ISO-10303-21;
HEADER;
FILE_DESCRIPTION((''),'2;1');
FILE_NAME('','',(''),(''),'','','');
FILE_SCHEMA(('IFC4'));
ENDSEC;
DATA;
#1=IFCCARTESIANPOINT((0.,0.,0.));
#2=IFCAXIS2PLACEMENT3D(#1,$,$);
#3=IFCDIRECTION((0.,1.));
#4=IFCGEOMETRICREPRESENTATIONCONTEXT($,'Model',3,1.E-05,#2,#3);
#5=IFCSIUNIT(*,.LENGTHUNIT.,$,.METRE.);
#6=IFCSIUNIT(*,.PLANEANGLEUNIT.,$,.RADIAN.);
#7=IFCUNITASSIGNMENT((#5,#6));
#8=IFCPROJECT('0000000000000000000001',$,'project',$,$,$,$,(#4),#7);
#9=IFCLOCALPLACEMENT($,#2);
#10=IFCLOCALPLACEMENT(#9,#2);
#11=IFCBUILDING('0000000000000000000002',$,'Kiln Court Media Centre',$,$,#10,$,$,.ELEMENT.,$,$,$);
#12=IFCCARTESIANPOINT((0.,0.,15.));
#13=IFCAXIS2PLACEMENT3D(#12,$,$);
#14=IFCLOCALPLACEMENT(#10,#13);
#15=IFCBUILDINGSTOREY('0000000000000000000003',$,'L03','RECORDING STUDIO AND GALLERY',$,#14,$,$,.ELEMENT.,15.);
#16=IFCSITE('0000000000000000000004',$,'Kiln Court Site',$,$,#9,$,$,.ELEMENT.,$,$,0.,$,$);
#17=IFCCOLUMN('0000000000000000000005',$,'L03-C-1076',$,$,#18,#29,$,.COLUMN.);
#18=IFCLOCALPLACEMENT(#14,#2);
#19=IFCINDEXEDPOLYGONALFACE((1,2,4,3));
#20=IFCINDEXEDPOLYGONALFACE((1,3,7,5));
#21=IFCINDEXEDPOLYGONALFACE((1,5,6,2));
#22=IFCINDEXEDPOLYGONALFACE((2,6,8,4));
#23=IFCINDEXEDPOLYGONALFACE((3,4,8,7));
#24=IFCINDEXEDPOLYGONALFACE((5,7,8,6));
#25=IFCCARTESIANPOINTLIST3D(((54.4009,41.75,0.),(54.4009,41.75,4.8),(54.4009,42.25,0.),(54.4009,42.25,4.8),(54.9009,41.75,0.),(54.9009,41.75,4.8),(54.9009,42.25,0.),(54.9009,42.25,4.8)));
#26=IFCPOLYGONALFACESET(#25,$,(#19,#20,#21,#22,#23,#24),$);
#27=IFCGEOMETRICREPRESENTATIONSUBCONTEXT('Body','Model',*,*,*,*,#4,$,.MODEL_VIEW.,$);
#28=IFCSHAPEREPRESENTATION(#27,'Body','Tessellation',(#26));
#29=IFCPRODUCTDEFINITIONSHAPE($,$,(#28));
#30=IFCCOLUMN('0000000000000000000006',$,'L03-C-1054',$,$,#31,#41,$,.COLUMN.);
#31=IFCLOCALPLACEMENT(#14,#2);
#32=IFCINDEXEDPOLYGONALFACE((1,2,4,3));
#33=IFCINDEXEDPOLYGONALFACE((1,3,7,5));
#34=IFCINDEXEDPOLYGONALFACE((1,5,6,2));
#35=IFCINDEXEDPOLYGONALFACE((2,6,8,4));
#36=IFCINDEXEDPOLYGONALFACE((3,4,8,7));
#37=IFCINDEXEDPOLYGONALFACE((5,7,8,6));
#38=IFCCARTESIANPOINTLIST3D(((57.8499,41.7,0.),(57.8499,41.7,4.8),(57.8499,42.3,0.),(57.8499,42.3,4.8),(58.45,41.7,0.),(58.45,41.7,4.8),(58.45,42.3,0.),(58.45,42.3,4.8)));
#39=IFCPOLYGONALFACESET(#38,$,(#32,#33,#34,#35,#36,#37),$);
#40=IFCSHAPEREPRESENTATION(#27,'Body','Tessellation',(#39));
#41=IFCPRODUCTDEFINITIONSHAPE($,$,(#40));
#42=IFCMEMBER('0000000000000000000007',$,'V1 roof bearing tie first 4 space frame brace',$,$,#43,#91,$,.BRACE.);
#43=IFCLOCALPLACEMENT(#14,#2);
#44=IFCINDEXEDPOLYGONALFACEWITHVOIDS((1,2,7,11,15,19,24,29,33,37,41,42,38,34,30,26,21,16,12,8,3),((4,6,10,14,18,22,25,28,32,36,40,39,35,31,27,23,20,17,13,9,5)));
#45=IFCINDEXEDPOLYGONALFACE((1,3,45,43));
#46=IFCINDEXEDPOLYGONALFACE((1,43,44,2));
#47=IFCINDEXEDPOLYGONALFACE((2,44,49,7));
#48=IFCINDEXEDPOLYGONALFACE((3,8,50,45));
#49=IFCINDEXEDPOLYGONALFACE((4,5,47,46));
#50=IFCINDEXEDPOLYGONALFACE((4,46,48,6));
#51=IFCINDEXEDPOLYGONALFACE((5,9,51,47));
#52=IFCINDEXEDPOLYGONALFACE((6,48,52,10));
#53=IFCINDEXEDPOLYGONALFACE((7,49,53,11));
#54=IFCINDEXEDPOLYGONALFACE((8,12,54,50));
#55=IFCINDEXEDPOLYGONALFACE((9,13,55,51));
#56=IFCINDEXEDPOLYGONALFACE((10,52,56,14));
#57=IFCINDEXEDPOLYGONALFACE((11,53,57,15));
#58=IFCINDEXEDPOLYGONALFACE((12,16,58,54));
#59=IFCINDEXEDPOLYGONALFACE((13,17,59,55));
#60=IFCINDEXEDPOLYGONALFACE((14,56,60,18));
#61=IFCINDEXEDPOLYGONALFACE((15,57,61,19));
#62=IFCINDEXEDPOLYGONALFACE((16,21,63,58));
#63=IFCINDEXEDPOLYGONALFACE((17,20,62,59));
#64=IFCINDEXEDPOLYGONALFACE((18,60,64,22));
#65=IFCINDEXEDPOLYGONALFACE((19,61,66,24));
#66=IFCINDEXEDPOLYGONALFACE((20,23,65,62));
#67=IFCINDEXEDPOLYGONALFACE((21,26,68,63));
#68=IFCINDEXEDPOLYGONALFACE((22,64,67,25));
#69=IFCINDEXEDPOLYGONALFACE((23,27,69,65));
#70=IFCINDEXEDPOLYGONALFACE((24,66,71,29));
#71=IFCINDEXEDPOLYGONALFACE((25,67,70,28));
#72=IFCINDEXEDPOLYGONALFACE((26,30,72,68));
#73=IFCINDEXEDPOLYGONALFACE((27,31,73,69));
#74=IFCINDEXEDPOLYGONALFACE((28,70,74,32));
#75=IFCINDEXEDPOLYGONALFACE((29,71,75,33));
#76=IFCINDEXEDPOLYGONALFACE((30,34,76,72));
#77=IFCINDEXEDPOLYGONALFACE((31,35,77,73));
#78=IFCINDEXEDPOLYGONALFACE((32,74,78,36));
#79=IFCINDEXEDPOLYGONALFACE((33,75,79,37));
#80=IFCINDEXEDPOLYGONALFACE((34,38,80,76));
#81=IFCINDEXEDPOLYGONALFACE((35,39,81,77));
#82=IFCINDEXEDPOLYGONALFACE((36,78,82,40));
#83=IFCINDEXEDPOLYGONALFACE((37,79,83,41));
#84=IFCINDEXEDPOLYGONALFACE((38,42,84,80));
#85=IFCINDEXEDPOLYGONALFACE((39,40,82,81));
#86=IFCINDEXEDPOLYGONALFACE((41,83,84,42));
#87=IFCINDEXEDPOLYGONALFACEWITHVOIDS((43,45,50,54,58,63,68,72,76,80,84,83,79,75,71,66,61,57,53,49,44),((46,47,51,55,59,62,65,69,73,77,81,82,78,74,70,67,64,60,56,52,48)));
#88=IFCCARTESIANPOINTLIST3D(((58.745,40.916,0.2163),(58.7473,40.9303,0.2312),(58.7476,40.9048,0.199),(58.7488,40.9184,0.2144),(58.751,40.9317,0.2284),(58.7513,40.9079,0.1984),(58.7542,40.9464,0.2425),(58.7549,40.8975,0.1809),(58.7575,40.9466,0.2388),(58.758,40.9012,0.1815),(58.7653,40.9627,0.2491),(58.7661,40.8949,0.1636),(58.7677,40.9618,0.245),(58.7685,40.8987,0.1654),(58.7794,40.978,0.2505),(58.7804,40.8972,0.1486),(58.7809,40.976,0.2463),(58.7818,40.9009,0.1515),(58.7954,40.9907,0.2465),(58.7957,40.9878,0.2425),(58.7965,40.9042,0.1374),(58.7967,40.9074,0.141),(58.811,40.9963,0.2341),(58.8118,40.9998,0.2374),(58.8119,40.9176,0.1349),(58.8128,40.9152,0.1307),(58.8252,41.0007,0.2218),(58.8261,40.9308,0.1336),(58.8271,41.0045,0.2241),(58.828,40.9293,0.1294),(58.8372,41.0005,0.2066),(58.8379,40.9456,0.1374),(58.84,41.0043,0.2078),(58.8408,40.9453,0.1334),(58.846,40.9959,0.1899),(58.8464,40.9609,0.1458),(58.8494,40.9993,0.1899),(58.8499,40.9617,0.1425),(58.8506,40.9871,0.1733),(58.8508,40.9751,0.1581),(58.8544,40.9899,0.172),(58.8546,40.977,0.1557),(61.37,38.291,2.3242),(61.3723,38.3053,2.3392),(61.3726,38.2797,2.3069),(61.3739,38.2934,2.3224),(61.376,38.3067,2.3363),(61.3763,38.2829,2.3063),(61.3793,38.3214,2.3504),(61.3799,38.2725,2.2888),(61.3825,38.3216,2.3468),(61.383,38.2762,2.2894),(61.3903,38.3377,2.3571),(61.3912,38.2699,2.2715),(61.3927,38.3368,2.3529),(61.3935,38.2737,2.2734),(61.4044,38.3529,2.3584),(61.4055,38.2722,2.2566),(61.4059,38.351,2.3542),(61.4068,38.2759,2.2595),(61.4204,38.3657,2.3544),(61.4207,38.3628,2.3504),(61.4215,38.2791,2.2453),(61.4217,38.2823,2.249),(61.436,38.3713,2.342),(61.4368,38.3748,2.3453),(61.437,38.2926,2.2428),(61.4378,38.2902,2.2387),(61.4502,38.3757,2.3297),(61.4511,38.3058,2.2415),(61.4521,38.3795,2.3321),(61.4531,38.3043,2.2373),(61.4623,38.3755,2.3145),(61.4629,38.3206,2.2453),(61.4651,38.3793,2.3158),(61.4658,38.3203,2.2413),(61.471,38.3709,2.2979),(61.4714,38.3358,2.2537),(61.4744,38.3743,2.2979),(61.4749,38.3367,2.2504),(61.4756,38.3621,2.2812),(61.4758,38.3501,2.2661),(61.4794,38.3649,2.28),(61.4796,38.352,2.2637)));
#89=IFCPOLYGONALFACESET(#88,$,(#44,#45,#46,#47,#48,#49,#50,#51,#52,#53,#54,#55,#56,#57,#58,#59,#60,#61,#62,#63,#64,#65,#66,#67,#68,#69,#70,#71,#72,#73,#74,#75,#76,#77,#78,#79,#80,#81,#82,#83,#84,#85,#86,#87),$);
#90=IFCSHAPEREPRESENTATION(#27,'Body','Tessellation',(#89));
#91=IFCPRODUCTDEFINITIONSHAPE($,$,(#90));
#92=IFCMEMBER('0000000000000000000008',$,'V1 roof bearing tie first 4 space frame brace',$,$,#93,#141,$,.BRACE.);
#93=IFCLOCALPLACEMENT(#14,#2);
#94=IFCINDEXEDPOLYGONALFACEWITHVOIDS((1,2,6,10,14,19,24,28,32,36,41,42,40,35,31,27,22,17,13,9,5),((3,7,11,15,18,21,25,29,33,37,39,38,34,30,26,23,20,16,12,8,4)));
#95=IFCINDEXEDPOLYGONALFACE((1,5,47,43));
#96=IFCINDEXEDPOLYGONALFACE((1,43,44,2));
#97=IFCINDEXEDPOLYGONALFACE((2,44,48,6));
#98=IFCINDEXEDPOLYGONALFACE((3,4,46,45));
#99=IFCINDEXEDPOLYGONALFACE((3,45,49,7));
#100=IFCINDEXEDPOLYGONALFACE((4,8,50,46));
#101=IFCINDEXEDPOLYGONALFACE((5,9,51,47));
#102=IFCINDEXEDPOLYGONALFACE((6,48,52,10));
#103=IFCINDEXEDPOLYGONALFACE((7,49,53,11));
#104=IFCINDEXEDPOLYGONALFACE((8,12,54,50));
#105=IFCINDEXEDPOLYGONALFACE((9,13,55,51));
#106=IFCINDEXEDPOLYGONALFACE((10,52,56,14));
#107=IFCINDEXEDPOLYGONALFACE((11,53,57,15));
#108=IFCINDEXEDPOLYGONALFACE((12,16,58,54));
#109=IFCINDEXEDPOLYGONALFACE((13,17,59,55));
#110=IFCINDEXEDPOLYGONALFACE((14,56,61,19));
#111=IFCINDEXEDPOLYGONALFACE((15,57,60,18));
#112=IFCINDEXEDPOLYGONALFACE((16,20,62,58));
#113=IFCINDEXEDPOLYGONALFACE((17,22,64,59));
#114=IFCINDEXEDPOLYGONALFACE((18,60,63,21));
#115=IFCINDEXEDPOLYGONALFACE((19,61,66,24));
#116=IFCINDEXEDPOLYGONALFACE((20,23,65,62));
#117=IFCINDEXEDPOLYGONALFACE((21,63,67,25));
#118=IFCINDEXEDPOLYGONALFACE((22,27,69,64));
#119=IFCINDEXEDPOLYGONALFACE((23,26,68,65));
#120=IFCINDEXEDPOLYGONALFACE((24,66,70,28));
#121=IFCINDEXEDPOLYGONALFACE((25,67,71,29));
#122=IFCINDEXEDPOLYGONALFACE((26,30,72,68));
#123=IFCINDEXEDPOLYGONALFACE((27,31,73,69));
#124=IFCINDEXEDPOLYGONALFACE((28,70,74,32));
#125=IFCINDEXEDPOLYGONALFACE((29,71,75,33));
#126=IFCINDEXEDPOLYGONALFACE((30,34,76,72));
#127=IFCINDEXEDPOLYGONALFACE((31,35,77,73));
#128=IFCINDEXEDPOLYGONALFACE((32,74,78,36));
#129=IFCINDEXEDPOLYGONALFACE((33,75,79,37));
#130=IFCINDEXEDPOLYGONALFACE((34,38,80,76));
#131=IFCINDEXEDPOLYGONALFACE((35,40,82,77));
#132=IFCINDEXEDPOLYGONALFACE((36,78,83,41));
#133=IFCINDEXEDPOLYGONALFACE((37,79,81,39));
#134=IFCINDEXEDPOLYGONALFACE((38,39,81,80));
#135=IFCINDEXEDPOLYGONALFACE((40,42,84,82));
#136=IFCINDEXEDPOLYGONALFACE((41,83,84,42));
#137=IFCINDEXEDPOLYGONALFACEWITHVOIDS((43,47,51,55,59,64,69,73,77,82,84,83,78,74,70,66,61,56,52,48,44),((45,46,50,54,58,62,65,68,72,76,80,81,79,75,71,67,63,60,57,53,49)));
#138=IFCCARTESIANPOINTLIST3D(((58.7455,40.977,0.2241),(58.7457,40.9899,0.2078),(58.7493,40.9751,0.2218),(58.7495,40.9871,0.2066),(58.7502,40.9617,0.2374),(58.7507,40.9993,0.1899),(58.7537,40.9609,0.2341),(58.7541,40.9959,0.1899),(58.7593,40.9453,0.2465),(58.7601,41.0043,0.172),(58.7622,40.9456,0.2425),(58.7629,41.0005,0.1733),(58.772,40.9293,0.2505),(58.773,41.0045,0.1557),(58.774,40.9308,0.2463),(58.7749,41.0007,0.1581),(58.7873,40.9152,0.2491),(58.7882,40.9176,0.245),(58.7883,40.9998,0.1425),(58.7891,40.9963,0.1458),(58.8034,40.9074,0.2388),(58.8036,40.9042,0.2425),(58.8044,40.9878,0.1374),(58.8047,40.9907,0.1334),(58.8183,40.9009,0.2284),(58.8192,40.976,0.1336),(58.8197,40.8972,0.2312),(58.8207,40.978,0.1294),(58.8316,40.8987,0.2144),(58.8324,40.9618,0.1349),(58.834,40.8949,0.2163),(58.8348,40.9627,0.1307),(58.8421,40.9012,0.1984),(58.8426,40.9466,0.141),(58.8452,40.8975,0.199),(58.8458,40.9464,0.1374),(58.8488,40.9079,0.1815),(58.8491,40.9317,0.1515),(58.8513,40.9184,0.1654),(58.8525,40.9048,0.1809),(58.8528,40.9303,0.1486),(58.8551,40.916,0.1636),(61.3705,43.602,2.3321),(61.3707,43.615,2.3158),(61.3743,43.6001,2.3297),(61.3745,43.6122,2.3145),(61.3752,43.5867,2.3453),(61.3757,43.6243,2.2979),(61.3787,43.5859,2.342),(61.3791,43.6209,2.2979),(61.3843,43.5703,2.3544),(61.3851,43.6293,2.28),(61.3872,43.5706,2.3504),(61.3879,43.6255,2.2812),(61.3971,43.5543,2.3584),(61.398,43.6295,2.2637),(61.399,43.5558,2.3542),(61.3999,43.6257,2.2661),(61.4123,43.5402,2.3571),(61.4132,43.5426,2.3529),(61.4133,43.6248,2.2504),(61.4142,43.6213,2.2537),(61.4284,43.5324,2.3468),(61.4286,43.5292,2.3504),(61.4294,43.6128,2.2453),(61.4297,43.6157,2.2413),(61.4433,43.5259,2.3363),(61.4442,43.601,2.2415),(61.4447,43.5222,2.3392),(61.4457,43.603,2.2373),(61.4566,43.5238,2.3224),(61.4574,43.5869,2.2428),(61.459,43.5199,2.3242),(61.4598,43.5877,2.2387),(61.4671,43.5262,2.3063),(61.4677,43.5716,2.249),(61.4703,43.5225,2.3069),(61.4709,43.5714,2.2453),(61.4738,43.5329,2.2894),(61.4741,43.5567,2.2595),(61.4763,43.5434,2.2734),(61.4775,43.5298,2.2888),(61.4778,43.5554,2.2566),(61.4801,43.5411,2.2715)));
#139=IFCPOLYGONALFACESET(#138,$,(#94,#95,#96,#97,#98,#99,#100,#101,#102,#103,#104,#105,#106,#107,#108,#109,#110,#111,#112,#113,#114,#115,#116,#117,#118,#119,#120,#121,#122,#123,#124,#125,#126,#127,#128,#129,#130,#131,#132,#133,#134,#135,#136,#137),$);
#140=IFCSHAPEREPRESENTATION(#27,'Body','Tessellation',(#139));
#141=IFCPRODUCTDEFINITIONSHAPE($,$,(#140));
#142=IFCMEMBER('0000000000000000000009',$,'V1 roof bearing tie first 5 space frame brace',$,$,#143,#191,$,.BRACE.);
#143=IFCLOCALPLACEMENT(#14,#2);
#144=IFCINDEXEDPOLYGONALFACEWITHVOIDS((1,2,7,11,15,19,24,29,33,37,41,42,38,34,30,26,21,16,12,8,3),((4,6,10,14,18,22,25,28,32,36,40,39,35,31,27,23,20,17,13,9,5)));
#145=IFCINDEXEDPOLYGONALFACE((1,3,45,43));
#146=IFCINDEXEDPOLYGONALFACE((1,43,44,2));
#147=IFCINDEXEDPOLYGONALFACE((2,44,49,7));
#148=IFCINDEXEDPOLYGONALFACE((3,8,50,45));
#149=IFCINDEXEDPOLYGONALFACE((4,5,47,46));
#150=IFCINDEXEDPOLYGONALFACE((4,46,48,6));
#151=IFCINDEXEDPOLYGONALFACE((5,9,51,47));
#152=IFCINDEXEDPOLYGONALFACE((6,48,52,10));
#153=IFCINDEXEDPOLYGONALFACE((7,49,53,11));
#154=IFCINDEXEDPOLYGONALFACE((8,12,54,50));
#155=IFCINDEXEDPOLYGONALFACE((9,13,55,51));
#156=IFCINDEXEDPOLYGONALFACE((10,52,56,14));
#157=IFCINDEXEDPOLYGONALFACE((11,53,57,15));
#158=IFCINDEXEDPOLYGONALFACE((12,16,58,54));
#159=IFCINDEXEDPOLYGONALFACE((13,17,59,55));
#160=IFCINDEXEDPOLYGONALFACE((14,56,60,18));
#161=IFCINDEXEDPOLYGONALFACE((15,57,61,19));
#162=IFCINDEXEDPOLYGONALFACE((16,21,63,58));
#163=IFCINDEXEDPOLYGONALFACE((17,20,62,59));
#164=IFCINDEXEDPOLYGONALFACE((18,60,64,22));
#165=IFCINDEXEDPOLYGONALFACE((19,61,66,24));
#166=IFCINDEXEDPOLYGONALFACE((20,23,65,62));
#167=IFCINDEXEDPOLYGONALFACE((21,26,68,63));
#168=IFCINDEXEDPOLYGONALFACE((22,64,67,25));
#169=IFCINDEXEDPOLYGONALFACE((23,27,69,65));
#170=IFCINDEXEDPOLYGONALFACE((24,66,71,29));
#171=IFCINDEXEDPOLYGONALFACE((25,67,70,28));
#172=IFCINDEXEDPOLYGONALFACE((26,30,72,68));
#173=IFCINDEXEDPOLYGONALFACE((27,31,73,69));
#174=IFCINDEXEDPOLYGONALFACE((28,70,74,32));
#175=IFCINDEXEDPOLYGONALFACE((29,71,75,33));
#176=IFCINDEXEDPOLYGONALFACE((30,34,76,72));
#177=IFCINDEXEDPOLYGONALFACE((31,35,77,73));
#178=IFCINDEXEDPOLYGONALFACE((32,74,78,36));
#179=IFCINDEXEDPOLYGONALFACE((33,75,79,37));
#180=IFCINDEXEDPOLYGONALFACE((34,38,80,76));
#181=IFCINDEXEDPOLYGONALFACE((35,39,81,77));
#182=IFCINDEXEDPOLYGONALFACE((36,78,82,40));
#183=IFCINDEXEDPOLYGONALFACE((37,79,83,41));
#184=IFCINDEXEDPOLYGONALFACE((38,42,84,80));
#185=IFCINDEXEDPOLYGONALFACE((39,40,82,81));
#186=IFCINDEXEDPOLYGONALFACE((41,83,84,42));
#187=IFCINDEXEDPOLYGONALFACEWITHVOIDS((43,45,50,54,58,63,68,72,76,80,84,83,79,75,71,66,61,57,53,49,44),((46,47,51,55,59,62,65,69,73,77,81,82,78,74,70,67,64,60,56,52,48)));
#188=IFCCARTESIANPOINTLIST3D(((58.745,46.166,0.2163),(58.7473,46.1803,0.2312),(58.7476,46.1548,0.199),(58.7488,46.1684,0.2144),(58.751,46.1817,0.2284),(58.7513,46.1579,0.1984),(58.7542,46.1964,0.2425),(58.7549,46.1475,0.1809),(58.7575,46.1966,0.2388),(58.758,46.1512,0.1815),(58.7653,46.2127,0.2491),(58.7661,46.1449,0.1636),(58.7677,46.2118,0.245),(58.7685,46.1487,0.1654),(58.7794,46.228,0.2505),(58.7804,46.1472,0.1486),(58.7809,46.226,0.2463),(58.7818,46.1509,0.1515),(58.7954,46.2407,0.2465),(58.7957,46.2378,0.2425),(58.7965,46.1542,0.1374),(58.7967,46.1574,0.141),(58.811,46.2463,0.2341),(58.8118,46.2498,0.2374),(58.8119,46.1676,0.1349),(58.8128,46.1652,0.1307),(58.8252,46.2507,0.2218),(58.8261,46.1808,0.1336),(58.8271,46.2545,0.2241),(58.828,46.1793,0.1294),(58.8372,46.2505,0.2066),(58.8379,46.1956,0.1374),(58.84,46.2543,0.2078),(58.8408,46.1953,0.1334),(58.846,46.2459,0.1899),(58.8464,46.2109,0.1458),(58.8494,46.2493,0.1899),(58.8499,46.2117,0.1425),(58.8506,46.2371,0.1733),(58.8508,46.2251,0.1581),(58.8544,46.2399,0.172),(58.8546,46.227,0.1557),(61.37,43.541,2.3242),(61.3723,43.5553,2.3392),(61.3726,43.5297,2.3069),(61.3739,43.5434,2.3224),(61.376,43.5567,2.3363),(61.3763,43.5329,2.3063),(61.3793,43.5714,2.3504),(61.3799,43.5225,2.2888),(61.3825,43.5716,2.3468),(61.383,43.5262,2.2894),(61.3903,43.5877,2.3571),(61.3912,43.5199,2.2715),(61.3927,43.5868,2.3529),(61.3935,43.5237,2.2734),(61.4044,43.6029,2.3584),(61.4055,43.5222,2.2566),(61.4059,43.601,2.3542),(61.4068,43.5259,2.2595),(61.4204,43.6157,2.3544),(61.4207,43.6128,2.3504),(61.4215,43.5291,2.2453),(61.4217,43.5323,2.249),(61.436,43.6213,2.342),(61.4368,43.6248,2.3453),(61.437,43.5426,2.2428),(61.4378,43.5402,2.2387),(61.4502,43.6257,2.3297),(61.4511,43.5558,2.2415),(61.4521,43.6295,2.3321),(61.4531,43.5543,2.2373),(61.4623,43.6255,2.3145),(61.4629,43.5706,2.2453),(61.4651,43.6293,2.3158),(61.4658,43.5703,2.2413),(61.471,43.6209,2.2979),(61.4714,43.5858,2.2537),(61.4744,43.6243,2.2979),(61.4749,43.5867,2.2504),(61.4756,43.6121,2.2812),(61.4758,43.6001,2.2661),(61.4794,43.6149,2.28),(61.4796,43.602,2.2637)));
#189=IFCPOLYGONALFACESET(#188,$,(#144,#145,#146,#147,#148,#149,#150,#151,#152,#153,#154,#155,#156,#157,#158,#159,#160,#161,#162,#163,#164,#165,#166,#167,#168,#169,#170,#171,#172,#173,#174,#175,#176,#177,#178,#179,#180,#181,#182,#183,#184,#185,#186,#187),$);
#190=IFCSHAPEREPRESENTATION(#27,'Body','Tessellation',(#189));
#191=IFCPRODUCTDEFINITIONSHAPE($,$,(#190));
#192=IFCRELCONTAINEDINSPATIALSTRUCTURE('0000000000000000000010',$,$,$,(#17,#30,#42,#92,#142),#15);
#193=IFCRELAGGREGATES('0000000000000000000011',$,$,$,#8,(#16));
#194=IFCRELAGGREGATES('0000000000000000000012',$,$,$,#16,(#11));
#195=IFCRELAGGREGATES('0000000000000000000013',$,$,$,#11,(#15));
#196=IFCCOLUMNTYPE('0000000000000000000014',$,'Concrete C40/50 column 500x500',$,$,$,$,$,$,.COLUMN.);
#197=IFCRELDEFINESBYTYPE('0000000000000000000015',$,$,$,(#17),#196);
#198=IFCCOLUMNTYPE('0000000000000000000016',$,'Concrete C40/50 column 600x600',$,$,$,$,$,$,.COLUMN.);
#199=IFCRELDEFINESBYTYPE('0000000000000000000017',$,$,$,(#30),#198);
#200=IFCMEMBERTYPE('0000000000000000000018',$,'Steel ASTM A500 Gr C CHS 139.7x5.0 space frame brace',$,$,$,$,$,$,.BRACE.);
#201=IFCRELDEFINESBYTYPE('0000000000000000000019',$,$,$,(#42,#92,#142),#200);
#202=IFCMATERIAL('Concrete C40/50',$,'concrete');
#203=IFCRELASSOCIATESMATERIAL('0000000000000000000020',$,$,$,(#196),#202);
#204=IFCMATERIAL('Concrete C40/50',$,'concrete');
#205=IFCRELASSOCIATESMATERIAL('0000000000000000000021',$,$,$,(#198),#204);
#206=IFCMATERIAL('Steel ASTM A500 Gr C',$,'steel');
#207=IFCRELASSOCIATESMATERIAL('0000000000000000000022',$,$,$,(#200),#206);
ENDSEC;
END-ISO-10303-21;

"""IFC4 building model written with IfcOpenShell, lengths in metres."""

from ifc_helpers import new_model, si_unit, direction, frame, origin, origin_2d, place, context, subcontext, project, spatial, rectangle, hollow_circle, extrude, material, material_profile, profile_set, type_object, element, save


model = new_model("IFC4")

# Units and contexts
model_context = context("Model", 3, precision=1e-05, world=origin(), true_north=direction((0.0, 1.0)))
body_context = subcontext(model_context, "Body", "Model", "MODEL_VIEW")
ifc_project = project(units=[si_unit("LENGTHUNIT", "METRE"), si_unit("PLANEANGLEUNIT", "RADIAN")], contexts=[model_context])

# Site, building, storey
site_placement = place(None, origin())
site = spatial("IfcSite", under=ifc_project, at=site_placement, Name="Kiln Court Site", CompositionType="ELEMENT", RefElevation=0.0)
building_placement = place(site_placement, origin())
building = spatial("IfcBuilding", under=site, at=building_placement, Name="Kiln Court Media Centre", CompositionType="ELEMENT")
storey_placement = place(building_placement, frame((0.0, 0.0, 15.0)))
storey = spatial("IfcBuildingStorey", under=building, at=storey_placement, Name="L03", Description="RECORDING STUDIO AND GALLERY", CompositionType="ELEMENT", Elevation=15.0)

# Columns
ifc_material_1 = material(Name="Concrete C40/50", Category="concrete")
ifc_material_profile_1 = material_profile(ifc_material_1, rectangle(XDim=0.5, YDim=0.5, at=origin_2d()), Name="RC 500x500")
ifc_profile_set_1 = profile_set([ifc_material_profile_1], Name="Concrete C40/50")
column_type_1 = type_object("IfcColumnType", Name="Concrete C40/50 column 500x500", PredefinedType="COLUMN", material=ifc_profile_set_1)
column_1_placement = place(storey_placement, frame((54.6509, 42.0, 0.0), z_axis=(0.0, 0.0, 1.0), x_axis=(1.0, 0.0, 0.0)))
element("IfcColumn", 1, at=column_1_placement, inside=storey, type_object=column_type_1, Name="L03-C-1076", PredefinedType="COLUMN", context=body_context, shape_type="SweptSolid", body=[
    extrude(rectangle(XDim=0.5, YDim=0.5, at=origin_2d()), origin(), (0.0, 0.0, 1.0), 4.8),
])
ifc_material_2 = material(Name="Concrete C40/50", Category="concrete")
ifc_material_profile_2 = material_profile(ifc_material_2, rectangle(XDim=0.6001, YDim=0.6001, at=origin_2d()), Name="RC 600x600")
ifc_profile_set_2 = profile_set([ifc_material_profile_2], Name="Concrete C40/50")
column_type_2 = type_object("IfcColumnType", Name="Concrete C40/50 column 600x600", PredefinedType="COLUMN", material=ifc_profile_set_2)
column_2_placement = place(storey_placement, frame((58.1499, 42.0, 0.0), z_axis=(0.0, 0.0, 1.0), x_axis=(1.0, 0.0, 0.0)))
element("IfcColumn", 2, at=column_2_placement, inside=storey, type_object=column_type_2, Name="L03-C-1054", PredefinedType="COLUMN", context=body_context, shape_type="SweptSolid", body=[
    extrude(rectangle(XDim=0.6001, YDim=0.6001, at=origin_2d()), origin(), (0.0, 0.0, 1.0), 4.8),
])

# Members
ifc_material_3 = material(Name="Steel ASTM A500 Gr C", Category="steel")
ifc_material_profile_3 = material_profile(ifc_material_3, hollow_circle(Radius=0.0698, WallThickness=0.0049, at=origin_2d()), Name="CHS 139.7x5.0")
ifc_profile_set_3 = profile_set([ifc_material_profile_3], Name="Steel ASTM A500 Gr C")
member_type_1 = type_object("IfcMemberType", Name="Steel ASTM A500 Gr C CHS 139.7x5.0 space frame brace", PredefinedType="BRACE", material=ifc_profile_set_3)
for number, where, z_axis, x_axis, name in (
    (3, (58.8, 40.95, 0.1899), (0.614895, -0.614895, 0.493769), (0.707107, 0.707107, 0.0), "V1 roof bearing tie first 4 space frame brace"),
    (4, (58.8, 40.95, 0.1899), (0.614895, 0.614895, 0.493769), (-0.707107, 0.707107, 0.0), "V1 roof bearing tie first 4 space frame brace"),
    (5, (58.8, 46.2, 0.1899), (0.614895, -0.614895, 0.493769), (0.707107, 0.707107, 0.0), "V1 roof bearing tie first 5 space frame brace"),
):
    element("IfcMember", number, at=place(storey_placement, frame(where, z_axis=z_axis, x_axis=x_axis)), inside=storey, type_object=member_type_1, Name=name, PredefinedType="BRACE", context=body_context, shape_type="SweptSolid", body=[
        extrude(hollow_circle(Radius=0.0698, WallThickness=0.0049, at=origin_2d()), origin(), (0.0, 0.0, 1.0), 4.269),
    ])

save(model, "model.ifc")
